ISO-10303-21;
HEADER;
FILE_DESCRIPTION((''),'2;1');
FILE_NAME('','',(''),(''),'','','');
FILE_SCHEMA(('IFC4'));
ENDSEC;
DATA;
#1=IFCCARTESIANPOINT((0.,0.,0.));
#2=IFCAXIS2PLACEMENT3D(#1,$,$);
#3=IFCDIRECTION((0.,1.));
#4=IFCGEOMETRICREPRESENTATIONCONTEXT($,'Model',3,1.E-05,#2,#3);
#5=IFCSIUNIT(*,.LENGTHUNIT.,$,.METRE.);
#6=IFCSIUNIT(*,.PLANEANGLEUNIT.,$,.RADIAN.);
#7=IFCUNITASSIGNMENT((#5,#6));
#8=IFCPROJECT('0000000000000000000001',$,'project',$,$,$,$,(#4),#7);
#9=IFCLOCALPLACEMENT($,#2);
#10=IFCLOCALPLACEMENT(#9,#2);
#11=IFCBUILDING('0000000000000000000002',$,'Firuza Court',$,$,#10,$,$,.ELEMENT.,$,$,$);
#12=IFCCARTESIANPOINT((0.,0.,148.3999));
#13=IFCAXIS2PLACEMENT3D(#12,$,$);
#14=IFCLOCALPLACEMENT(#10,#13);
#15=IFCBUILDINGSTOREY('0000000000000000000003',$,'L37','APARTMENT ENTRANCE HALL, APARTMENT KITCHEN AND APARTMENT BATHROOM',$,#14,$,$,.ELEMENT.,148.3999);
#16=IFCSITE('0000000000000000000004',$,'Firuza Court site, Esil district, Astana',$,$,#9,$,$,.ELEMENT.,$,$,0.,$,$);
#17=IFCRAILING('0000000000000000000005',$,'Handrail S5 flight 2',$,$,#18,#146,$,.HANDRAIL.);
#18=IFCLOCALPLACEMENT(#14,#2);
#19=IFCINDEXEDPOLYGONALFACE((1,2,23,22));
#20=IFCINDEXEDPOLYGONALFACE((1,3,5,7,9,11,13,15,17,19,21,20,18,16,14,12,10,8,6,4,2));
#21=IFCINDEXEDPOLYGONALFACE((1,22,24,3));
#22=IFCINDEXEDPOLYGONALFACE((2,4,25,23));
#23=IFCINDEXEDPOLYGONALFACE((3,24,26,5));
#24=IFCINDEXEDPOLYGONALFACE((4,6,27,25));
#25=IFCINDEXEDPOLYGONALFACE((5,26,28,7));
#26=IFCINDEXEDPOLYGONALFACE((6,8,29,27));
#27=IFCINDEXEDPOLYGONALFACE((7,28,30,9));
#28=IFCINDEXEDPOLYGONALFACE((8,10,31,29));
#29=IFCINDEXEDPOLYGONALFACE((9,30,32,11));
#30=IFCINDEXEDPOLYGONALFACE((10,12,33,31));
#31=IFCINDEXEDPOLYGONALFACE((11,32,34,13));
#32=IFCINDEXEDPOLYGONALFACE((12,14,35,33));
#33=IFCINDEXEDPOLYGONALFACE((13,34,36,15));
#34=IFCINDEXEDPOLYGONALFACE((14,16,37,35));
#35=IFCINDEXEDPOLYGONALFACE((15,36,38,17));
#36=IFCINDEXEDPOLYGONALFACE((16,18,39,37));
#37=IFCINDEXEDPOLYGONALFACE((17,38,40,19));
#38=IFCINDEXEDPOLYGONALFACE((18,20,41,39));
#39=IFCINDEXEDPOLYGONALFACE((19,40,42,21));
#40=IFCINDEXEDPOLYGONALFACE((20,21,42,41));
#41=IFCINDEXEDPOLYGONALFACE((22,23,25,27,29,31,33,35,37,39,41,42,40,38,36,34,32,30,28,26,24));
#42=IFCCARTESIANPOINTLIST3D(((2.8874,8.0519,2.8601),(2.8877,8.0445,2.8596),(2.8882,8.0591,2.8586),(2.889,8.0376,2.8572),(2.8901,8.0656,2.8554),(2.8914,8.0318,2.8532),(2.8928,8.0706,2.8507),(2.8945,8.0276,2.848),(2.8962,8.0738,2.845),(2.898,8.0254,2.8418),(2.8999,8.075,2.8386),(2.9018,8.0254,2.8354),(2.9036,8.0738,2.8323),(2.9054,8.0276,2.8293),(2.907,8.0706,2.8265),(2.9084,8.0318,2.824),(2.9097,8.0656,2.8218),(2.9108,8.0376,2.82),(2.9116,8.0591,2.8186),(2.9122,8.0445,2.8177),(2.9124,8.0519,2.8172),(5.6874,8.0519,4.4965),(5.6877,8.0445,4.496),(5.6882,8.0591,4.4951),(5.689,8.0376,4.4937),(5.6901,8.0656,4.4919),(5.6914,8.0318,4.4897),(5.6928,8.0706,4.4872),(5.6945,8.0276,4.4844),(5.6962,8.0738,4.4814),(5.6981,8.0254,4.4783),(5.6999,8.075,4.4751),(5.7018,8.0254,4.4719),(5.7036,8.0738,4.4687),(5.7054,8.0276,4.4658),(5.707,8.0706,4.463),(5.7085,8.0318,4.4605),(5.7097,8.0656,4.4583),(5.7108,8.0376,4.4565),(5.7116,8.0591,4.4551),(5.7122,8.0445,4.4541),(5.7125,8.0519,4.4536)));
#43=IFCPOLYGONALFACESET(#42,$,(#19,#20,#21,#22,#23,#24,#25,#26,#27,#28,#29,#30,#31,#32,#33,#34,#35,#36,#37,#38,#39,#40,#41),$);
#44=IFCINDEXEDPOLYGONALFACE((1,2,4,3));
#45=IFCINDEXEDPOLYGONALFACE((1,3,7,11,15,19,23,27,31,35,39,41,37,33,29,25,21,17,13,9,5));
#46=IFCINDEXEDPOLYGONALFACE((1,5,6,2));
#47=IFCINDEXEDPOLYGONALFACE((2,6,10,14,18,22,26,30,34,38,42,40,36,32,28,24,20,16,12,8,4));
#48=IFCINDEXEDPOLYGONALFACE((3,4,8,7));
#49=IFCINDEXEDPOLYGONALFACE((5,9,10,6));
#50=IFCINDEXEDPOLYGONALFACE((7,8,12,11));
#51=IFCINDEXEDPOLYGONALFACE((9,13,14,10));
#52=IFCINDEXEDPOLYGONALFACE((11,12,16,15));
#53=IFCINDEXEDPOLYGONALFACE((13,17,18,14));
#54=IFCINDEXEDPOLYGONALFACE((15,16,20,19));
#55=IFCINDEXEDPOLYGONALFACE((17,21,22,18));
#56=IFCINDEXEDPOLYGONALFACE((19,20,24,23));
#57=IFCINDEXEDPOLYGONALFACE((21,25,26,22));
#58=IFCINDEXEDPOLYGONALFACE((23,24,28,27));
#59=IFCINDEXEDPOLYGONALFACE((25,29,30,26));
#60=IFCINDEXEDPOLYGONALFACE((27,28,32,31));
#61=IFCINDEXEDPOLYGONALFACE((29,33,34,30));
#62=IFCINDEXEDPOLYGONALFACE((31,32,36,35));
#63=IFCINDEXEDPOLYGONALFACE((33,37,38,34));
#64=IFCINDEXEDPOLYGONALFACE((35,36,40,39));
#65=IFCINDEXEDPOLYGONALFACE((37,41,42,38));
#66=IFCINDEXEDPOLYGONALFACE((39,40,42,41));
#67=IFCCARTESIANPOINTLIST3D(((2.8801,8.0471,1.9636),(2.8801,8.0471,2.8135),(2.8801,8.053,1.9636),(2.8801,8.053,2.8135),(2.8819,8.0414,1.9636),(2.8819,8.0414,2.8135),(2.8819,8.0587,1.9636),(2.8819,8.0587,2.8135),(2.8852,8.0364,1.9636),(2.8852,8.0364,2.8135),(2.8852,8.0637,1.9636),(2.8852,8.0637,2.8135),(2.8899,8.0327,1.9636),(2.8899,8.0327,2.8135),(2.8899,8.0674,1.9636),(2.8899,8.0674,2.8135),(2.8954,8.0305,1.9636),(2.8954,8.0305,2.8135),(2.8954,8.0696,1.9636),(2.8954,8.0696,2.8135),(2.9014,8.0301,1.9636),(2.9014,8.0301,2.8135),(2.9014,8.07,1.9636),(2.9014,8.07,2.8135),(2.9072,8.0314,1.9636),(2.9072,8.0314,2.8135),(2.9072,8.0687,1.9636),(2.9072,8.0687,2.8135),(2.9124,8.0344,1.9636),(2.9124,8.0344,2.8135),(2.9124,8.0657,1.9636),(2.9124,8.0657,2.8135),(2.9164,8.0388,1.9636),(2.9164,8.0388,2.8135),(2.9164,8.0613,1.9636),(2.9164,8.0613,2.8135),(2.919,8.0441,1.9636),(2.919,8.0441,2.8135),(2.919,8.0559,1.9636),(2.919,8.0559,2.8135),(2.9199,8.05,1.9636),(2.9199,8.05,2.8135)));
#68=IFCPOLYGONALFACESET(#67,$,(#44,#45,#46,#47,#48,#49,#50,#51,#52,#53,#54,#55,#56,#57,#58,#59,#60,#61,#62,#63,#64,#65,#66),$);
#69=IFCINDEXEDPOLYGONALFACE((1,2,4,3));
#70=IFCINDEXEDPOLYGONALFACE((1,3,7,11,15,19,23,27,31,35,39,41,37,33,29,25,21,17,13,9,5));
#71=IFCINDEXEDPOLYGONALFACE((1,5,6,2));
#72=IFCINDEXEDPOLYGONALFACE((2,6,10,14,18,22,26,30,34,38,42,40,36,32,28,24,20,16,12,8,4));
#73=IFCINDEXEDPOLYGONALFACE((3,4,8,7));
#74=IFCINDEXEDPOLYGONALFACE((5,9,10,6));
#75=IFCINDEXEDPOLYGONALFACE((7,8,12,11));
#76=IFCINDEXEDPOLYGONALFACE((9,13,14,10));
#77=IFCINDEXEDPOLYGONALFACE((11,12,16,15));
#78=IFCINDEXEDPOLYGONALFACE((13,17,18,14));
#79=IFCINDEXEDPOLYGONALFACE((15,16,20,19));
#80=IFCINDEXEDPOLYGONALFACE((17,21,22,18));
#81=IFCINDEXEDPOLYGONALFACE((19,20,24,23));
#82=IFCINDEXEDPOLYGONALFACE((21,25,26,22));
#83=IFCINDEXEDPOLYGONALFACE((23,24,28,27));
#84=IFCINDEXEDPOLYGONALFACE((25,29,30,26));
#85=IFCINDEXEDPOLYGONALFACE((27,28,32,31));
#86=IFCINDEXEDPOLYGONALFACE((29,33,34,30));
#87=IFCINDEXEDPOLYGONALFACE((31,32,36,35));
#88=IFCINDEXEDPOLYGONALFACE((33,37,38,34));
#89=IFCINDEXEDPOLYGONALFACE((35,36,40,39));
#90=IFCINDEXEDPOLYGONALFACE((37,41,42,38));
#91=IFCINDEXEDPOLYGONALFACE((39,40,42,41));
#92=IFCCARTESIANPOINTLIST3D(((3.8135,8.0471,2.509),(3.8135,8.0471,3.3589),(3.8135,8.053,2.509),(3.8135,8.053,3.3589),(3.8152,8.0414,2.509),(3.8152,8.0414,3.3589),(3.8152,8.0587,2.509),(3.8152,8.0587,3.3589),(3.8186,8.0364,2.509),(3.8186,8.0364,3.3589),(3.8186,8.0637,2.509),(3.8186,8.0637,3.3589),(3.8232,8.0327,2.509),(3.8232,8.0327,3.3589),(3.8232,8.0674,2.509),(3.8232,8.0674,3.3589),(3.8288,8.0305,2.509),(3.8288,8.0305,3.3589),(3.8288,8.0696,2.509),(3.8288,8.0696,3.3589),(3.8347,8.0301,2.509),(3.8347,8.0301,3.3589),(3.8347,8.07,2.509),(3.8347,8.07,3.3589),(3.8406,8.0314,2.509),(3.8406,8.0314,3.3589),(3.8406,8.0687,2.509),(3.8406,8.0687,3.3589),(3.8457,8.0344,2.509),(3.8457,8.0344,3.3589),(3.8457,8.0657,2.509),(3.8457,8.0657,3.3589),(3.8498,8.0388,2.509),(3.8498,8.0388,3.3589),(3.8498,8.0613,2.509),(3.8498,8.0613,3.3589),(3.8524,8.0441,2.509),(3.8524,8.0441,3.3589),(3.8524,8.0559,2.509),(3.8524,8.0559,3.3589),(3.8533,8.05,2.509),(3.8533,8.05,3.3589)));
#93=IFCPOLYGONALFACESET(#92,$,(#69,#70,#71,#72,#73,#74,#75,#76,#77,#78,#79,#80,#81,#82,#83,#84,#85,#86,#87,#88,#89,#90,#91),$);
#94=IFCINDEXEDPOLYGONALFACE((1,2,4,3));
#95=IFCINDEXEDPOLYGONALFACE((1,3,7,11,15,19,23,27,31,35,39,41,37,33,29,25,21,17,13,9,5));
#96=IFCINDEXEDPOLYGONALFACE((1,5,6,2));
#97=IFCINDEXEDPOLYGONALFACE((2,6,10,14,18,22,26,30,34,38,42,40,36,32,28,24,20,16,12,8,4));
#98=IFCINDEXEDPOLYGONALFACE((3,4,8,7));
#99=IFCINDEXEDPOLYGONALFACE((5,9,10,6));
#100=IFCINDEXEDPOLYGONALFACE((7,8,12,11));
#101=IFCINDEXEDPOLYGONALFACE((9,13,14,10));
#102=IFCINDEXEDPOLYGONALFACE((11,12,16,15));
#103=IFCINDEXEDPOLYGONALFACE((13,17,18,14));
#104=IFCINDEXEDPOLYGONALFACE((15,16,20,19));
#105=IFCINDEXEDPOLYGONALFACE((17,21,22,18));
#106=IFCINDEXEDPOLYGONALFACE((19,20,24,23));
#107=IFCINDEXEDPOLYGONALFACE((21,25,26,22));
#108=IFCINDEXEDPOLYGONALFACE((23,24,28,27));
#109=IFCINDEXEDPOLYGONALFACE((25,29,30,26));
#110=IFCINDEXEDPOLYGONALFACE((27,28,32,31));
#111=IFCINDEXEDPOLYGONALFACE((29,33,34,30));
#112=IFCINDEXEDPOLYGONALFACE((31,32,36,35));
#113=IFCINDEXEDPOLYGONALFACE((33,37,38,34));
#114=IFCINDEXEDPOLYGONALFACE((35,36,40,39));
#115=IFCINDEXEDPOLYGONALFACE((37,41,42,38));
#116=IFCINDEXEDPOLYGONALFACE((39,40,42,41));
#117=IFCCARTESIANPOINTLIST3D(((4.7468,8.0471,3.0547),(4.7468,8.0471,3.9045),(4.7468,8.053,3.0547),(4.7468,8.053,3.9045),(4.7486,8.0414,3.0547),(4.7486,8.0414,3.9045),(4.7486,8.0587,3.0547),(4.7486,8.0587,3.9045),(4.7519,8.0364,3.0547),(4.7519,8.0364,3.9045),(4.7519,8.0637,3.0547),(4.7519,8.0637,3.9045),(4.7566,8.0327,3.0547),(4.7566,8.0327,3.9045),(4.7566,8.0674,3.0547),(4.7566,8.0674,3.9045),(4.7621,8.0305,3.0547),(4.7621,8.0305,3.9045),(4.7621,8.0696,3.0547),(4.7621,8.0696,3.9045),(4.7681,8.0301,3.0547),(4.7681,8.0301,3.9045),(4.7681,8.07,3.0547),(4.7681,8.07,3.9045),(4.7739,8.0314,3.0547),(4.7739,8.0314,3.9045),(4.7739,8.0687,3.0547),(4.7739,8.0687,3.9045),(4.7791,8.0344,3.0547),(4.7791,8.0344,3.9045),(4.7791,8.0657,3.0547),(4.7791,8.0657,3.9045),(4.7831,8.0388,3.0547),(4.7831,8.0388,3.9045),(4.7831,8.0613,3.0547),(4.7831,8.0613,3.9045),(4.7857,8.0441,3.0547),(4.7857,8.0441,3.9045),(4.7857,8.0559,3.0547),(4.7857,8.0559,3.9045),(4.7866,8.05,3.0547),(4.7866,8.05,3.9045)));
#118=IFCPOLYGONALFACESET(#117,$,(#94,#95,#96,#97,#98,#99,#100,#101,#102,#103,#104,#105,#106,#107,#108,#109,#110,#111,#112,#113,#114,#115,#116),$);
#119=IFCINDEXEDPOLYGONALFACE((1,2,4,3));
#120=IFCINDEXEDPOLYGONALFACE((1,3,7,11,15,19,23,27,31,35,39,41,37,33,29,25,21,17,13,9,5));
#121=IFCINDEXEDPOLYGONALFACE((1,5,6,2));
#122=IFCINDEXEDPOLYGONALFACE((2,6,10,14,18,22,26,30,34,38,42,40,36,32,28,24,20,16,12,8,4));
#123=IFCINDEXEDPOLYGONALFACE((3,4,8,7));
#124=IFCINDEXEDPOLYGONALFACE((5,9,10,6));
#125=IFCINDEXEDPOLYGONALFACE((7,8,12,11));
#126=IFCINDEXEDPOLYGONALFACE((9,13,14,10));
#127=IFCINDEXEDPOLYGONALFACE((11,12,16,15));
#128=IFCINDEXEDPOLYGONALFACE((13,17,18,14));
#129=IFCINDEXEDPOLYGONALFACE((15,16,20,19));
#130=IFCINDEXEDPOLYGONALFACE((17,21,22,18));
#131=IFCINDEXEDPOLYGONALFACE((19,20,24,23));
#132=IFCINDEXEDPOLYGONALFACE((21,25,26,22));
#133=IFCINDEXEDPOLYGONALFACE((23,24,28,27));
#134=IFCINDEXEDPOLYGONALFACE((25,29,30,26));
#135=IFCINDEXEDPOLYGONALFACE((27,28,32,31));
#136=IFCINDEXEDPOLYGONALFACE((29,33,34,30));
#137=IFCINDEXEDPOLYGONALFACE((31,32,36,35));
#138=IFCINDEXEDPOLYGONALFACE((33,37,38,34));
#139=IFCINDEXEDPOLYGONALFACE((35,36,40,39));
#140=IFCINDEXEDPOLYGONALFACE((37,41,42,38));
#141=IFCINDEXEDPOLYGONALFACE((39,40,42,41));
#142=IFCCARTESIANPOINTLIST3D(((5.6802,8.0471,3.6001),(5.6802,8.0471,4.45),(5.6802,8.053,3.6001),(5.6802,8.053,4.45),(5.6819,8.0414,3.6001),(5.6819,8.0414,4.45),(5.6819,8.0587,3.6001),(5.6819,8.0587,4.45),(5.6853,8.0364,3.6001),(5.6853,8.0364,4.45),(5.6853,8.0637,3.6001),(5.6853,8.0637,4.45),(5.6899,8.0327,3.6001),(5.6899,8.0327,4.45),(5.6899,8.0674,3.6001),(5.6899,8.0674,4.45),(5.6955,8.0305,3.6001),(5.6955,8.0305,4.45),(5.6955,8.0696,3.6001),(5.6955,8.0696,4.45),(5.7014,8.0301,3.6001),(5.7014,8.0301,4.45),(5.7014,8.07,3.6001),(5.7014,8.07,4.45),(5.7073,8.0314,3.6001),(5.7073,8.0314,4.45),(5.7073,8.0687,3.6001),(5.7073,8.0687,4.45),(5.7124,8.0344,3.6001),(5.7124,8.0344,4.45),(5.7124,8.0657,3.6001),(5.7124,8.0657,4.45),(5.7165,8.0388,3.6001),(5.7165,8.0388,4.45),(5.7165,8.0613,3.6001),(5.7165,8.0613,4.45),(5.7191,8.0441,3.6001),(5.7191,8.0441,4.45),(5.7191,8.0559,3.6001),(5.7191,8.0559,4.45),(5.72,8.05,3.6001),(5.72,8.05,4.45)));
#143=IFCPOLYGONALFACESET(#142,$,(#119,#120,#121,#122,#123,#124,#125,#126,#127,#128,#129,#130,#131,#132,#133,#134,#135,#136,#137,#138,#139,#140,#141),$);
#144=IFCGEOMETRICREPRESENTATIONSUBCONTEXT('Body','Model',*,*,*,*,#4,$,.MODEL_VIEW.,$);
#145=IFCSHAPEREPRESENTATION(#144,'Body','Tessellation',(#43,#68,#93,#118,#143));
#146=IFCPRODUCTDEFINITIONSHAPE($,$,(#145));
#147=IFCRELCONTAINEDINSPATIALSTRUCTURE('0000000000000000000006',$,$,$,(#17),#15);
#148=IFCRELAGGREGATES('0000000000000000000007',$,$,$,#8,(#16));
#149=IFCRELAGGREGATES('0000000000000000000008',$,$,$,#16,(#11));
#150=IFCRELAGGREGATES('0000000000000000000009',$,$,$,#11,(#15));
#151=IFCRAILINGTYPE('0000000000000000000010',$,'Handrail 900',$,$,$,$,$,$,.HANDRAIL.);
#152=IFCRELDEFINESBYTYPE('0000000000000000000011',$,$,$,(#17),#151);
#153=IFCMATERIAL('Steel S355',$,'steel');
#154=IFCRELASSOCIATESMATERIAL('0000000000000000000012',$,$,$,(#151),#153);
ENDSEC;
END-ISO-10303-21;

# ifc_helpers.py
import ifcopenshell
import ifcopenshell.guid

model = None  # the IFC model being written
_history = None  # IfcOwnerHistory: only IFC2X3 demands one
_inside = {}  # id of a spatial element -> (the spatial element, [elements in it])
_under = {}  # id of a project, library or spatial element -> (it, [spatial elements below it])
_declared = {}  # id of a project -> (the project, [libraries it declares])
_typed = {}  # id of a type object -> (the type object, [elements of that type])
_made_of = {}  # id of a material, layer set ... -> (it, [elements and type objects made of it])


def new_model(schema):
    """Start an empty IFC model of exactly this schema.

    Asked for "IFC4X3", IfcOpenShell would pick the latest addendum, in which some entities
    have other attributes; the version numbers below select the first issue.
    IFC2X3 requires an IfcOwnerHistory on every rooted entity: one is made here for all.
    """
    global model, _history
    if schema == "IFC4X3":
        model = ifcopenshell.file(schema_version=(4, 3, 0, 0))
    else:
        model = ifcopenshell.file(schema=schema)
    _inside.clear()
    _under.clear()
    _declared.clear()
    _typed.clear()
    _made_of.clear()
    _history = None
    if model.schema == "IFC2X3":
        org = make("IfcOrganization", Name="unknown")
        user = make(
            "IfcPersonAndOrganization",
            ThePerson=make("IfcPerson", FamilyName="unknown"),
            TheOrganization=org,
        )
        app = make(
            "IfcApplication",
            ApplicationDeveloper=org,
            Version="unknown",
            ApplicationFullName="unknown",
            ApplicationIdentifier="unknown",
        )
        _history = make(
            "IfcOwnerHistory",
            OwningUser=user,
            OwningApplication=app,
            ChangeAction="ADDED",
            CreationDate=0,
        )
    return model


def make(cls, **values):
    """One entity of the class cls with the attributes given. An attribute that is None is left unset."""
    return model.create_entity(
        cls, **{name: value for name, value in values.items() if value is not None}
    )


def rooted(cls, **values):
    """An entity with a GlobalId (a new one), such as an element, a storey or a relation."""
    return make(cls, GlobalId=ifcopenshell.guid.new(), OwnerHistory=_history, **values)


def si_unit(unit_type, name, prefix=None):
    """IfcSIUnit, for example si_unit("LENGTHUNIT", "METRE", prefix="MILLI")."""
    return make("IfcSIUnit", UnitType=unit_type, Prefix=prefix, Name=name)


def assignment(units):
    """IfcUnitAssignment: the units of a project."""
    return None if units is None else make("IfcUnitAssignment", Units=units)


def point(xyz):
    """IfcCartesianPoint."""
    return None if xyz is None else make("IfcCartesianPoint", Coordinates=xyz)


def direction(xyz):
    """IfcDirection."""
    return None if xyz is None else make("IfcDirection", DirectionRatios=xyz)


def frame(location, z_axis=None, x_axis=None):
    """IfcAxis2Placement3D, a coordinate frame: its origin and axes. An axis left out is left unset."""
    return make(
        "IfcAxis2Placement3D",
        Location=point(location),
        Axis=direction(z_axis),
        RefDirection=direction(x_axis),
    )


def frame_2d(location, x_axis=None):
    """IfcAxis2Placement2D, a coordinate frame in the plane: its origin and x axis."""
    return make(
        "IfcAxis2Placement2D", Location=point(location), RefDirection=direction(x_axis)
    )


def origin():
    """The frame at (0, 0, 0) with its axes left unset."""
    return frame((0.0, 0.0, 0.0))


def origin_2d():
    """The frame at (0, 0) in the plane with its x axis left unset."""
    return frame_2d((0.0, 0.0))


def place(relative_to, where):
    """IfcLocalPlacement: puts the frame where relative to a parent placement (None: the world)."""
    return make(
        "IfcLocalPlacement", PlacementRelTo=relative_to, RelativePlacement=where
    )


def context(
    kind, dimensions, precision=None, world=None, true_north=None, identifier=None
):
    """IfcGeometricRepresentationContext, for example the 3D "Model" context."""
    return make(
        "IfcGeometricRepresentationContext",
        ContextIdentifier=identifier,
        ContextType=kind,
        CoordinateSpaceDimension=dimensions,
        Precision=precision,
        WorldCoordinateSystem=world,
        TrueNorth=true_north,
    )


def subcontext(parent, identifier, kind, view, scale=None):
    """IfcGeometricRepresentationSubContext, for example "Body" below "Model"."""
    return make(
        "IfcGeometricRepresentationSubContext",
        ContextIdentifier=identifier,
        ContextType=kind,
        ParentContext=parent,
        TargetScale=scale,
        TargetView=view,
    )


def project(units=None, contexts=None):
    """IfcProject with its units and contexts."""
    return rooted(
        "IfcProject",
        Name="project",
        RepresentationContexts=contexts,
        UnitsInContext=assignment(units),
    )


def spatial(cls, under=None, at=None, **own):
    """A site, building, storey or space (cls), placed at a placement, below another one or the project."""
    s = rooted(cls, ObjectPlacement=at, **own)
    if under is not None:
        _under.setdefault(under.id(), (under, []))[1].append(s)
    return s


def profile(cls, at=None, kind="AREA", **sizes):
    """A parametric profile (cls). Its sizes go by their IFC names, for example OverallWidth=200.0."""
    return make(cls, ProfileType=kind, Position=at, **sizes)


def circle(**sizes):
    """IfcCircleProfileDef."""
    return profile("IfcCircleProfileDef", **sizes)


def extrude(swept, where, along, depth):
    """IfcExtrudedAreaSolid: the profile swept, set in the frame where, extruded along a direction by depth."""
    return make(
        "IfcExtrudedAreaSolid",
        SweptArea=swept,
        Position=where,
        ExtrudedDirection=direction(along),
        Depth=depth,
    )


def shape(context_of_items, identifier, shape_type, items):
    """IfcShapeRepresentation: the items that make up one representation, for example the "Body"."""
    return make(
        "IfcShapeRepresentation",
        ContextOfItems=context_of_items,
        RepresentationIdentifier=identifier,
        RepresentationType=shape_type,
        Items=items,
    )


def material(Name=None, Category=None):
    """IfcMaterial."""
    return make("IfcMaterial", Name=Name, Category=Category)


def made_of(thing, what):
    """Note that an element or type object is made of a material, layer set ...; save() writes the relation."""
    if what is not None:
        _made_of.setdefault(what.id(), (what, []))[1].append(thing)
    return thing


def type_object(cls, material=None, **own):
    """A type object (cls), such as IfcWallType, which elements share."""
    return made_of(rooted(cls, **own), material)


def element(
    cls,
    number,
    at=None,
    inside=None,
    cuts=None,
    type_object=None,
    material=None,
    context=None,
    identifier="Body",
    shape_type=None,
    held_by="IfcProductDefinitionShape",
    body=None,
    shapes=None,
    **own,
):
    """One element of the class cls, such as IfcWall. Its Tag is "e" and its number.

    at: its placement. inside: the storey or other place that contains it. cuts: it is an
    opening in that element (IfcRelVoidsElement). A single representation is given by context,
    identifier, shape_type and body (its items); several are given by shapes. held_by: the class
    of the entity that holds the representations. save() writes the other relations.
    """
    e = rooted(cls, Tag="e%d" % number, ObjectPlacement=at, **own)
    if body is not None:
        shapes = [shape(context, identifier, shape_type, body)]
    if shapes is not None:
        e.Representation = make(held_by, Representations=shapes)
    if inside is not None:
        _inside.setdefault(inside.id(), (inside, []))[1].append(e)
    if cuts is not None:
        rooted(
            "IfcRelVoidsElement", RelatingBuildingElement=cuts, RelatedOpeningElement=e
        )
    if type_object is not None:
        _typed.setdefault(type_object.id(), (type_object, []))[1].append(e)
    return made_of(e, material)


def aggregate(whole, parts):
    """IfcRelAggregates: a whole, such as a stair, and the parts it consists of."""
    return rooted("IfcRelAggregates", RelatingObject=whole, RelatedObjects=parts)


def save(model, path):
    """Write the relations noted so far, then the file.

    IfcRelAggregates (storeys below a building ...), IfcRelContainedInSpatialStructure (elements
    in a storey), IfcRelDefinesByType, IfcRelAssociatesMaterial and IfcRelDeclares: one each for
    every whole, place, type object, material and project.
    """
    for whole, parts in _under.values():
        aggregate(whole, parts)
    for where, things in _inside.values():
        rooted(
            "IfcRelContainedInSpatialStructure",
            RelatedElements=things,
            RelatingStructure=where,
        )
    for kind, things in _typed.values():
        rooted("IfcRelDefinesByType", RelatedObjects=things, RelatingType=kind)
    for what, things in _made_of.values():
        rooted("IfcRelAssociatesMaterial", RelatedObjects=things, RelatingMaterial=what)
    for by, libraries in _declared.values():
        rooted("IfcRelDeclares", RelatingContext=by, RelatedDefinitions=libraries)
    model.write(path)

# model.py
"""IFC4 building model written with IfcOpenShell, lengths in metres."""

from ifc_helpers import new_model, si_unit, direction, frame, origin, origin_2d, place, context, subcontext, project, spatial, circle, extrude, material, type_object, element, save


model = new_model("IFC4")

# Units and contexts
model_context = context("Model", 3, precision=1e-05, world=origin(), true_north=direction((0.0, 1.0)))
body_context = subcontext(model_context, "Body", "Model", "MODEL_VIEW")
ifc_project = project(units=[si_unit("LENGTHUNIT", "METRE"), si_unit("PLANEANGLEUNIT", "RADIAN")], contexts=[model_context])

# Site, building, storey
site_placement = place(None, origin())
site = spatial("IfcSite", under=ifc_project, at=site_placement, Name="Firuza Court site, Esil district, Astana", CompositionType="ELEMENT", RefElevation=0.0)
building_placement = place(site_placement, origin())
building = spatial("IfcBuilding", under=site, at=building_placement, Name="Firuza Court", CompositionType="ELEMENT")
storey_placement = place(building_placement, frame((0.0, 0.0, 148.3999)))
storey = spatial("IfcBuildingStorey", under=building, at=storey_placement, Name="L37", Description="APARTMENT ENTRANCE HALL, APARTMENT KITCHEN AND APARTMENT BATHROOM", CompositionType="ELEMENT", Elevation=148.3999)

# Railing
ifc_material_1 = material(Name="Steel S355", Category="steel")
railing_type_1 = type_object("IfcRailingType", Name="Handrail 900", PredefinedType="HANDRAIL", material=ifc_material_1)
railing_1_placement = place(storey_placement, frame((2.8999, 8.05, 1.9636)))
element("IfcRailing", 1, at=railing_1_placement, inside=storey, type_object=railing_type_1, Name="Handrail S5 flight 2", PredefinedType="HANDRAIL", context=body_context, shape_type="SweptSolid", body=[
    extrude(circle(Radius=0.0249, at=origin_2d()), frame((0.0, 0.0, 0.875), z_axis=(0.863361, 0.0, 0.504587), x_axis=(0.0, 1.0, 0.0)), (0.0, 0.0, 1.0), 3.2432),
    extrude(circle(Radius=0.02, at=origin_2d()), origin(), (0.0, 0.0, 1.0), 0.8499),
    extrude(circle(Radius=0.02, at=origin_2d()), frame((0.9333, 0.0, 0.5454)), (0.0, 0.0, 1.0), 0.8499),
    extrude(circle(Radius=0.02, at=origin_2d()), frame((1.8667, 0.0, 1.0911)), (0.0, 0.0, 1.0), 0.8499),
    extrude(circle(Radius=0.02, at=origin_2d()), frame((2.8, 0.0, 1.6365)), (0.0, 0.0, 1.0), 0.8499),
])

save(model, "model.ifc")
